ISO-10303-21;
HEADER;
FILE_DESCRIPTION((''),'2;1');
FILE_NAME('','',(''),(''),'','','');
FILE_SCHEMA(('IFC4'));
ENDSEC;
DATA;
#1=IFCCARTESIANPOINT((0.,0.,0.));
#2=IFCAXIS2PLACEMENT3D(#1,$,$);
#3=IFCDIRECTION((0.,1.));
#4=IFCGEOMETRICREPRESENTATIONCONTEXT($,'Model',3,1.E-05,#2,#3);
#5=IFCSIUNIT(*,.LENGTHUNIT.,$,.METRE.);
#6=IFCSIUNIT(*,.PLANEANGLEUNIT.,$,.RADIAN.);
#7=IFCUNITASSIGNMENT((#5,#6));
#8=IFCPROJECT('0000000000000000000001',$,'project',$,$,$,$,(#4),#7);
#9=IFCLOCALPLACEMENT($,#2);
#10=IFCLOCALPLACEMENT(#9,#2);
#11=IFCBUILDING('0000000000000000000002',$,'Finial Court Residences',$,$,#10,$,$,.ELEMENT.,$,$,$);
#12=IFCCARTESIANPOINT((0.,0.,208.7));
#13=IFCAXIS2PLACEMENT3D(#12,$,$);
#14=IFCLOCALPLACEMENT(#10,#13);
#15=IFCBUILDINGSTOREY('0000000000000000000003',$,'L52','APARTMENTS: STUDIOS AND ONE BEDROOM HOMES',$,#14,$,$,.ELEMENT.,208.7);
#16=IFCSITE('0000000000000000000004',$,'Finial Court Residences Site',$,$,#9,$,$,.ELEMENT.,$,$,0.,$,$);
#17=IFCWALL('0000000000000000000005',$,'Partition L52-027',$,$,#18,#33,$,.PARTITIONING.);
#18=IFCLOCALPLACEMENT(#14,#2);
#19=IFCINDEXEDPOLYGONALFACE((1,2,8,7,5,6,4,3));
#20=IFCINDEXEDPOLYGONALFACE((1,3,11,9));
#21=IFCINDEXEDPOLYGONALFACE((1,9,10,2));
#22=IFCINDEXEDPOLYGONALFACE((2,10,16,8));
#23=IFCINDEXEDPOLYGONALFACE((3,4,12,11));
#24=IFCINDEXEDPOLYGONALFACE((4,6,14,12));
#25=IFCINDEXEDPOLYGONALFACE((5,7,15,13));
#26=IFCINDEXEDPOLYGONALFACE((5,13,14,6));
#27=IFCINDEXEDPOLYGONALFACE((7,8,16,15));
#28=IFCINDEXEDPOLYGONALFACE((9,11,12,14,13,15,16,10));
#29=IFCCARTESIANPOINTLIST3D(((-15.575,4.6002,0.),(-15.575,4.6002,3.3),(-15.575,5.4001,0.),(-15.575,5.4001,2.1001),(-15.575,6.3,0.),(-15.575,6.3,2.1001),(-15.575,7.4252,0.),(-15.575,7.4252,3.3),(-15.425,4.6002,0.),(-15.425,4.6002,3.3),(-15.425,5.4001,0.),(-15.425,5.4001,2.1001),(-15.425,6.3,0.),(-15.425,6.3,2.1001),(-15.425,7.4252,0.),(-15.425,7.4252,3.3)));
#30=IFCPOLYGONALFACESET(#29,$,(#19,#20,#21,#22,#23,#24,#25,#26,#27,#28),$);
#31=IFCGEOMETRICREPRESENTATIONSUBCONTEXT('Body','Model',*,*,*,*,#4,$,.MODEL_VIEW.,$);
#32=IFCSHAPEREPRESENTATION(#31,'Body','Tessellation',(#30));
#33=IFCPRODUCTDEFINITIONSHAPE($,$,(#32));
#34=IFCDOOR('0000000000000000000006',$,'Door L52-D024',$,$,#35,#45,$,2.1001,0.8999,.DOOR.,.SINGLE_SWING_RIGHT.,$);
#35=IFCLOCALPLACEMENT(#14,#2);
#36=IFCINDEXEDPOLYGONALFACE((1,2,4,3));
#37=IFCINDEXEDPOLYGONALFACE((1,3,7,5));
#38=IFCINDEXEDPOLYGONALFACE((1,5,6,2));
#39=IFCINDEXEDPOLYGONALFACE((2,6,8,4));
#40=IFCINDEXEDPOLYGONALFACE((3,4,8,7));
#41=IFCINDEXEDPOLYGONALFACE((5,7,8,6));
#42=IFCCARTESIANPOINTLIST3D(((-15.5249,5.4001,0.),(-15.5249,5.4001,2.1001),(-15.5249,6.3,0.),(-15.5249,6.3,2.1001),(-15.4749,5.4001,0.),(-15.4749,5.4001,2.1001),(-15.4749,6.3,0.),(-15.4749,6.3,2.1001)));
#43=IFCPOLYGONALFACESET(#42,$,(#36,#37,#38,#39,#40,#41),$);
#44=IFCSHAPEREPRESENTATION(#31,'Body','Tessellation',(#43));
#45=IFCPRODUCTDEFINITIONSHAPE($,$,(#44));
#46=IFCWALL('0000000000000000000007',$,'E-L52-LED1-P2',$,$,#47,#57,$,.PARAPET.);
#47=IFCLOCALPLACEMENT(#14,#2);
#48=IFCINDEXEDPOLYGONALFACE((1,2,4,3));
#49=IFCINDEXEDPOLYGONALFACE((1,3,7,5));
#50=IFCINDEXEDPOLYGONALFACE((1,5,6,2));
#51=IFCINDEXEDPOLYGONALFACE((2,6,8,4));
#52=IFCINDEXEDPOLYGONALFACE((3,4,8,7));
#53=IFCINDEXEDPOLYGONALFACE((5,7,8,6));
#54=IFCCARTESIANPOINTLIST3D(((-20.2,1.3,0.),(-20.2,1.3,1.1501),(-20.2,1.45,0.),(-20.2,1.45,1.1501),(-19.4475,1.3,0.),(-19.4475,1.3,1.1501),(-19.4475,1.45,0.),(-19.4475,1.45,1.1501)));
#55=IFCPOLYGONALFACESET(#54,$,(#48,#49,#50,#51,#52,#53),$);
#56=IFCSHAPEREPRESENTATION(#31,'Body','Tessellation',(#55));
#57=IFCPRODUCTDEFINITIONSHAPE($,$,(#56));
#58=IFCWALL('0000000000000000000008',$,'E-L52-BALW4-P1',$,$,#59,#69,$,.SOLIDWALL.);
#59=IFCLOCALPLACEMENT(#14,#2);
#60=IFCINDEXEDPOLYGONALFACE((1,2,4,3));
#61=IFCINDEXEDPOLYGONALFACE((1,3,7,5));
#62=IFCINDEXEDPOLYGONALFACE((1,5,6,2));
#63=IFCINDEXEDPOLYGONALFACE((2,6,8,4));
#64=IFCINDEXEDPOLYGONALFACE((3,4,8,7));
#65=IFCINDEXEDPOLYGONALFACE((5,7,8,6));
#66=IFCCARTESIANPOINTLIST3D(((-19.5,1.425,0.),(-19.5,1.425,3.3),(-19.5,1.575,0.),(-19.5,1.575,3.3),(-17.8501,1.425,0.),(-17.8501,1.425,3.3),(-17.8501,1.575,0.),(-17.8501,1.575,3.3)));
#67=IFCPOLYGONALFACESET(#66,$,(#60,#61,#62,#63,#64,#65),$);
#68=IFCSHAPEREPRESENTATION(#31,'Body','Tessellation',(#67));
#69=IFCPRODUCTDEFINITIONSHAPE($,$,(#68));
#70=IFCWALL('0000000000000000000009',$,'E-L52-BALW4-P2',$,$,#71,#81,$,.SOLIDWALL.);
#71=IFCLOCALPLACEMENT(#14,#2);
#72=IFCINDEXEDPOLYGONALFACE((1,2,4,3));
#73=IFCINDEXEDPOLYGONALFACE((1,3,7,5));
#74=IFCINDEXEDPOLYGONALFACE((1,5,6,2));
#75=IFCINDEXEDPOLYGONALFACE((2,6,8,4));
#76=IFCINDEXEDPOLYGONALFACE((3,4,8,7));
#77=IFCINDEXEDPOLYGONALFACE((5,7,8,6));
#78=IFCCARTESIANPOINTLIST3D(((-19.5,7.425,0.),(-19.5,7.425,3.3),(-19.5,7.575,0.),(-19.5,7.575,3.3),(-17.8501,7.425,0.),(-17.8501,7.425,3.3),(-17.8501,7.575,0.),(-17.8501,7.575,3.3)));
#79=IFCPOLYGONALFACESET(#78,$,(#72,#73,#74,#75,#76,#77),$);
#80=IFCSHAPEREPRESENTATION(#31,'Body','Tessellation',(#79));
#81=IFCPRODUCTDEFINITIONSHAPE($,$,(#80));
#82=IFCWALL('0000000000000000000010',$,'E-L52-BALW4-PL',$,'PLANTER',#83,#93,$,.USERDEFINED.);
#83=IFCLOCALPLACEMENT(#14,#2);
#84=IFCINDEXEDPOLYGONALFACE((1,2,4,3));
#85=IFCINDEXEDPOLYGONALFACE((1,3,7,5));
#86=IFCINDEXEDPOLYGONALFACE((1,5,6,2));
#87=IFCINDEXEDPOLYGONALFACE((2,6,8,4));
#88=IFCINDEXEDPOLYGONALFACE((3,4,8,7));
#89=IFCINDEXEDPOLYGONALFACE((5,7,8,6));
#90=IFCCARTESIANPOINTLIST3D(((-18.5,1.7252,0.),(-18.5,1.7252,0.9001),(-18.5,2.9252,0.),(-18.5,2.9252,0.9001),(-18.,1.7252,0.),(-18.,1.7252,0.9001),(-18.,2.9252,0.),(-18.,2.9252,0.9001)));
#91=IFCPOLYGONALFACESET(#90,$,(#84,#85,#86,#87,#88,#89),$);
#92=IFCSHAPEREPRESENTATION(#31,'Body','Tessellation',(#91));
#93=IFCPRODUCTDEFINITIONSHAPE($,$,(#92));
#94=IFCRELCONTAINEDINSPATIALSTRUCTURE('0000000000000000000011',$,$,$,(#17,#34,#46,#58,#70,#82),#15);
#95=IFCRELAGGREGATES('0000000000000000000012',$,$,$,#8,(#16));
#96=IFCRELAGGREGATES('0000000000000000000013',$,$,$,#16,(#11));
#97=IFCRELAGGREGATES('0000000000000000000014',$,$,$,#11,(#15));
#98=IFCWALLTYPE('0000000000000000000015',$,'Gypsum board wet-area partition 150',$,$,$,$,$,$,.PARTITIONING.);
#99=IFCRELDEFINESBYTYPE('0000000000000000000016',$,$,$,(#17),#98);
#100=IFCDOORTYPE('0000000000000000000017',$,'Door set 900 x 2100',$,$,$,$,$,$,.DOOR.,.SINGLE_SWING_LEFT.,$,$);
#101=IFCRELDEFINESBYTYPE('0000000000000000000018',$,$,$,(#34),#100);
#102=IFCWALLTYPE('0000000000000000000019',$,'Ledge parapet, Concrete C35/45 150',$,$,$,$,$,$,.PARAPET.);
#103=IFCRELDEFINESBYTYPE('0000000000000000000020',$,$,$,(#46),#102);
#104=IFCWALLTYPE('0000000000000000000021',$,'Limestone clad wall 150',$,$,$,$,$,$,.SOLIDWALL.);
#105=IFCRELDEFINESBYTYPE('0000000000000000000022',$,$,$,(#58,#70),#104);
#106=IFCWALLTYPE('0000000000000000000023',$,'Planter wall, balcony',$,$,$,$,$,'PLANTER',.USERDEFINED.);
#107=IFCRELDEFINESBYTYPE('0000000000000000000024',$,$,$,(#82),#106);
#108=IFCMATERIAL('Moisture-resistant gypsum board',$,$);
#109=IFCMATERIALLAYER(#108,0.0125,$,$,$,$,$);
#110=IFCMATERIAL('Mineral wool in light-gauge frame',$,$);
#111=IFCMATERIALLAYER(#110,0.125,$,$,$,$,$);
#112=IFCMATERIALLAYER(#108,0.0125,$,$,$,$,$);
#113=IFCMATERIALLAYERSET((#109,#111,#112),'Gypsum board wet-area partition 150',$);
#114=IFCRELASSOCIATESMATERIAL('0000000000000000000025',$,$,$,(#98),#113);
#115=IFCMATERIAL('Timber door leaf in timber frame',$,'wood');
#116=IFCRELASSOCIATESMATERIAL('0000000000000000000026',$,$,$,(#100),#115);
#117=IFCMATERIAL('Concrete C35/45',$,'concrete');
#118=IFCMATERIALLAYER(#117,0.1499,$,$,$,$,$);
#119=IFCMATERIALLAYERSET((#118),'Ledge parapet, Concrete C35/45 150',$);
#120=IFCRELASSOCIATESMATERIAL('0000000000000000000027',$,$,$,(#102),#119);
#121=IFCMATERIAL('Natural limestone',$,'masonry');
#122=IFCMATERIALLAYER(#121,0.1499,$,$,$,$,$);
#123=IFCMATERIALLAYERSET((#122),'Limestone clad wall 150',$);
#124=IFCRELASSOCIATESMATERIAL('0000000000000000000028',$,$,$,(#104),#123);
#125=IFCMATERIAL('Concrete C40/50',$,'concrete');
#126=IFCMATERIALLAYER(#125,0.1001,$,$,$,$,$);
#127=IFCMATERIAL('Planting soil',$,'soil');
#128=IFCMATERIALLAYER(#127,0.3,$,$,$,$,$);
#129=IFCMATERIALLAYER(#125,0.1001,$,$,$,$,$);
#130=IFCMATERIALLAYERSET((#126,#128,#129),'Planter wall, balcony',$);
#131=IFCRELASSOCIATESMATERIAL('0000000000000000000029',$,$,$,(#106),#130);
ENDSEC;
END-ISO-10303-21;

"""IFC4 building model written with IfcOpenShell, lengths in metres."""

from ifc_helpers import new_model, si_unit, direction, frame, frame_2d, origin, place, context, subcontext, project, spatial, rectangle, extrude, material, layer, layer_set, type_object, element, fill, save


model = new_model("IFC4")

# Units and contexts
model_context = context("Model", 3, precision=1e-05, world=origin(), true_north=direction((0.0, 1.0)))
body_context = subcontext(model_context, "Body", "Model", "MODEL_VIEW")
ifc_project = project(units=[si_unit("LENGTHUNIT", "METRE"), si_unit("PLANEANGLEUNIT", "RADIAN")], contexts=[model_context])

# Site, building, storey
site_placement = place(None, origin())
site = spatial("IfcSite", under=ifc_project, at=site_placement, Name="Finial Court Residences Site", CompositionType="ELEMENT", RefElevation=0.0)
building_placement = place(site_placement, origin())
building = spatial("IfcBuilding", under=site, at=building_placement, Name="Finial Court Residences", CompositionType="ELEMENT")
storey_placement = place(building_placement, frame((0.0, 0.0, 208.7)))
storey = spatial("IfcBuildingStorey", under=building, at=storey_placement, Name="L52", Description="APARTMENTS: STUDIOS AND ONE BEDROOM HOMES", CompositionType="ELEMENT", Elevation=208.7)

# Wall, opening, door
ifc_material_1 = material(Name="Moisture-resistant gypsum board")
ifc_layer_1 = layer(ifc_material_1, 0.0125)
ifc_material_2 = material(Name="Mineral wool in light-gauge frame")
ifc_layer_2 = layer(ifc_material_2, 0.125)
ifc_layer_3 = layer(ifc_material_1, 0.0125)
ifc_layer_set_1 = layer_set([ifc_layer_1, ifc_layer_2, ifc_layer_3], Name="Gypsum board wet-area partition 150")
wall_type_1 = type_object("IfcWallType", Name="Gypsum board wet-area partition 150", PredefinedType="PARTITIONING", material=ifc_layer_set_1)
wall_1_placement = place(storey_placement, frame((-15.5, 4.6001, 0.0), z_axis=(0.0, 0.0, 1.0), x_axis=(0.0, 1.0, 0.0)))
wall_1 = element("IfcWall", 1, at=wall_1_placement, inside=storey, type_object=wall_type_1, Name="Partition L52-027", PredefinedType="PARTITIONING", context=body_context, shape_type="SweptSolid", body=[
    extrude(rectangle(XDim=2.825, YDim=0.1499, at=frame_2d((1.4126, 0.0))), origin(), (0.0, 0.0, 1.0), 3.3),
])
opening_1_placement = place(wall_1_placement, frame((0.8, 0.0, 0.0)))
opening_1 = element("IfcOpeningElement", 2, at=opening_1_placement, cuts=wall_1, PredefinedType="OPENING", context=body_context, shape_type="SweptSolid", body=[
    extrude(rectangle(XDim=0.8999, YDim=2.1001, at=frame_2d((0.45, 1.05))), frame((0.0, 0.085, 0.0), z_axis=(0.0, -1.0, 0.0), x_axis=(1.0, 0.0, 0.0)), (0.0, 0.0, 1.0), 0.1699),
])
ifc_material_3 = material(Name="Timber door leaf in timber frame", Category="wood")
door_type_1 = type_object("IfcDoorType", Name="Door set 900 x 2100", OperationType="SINGLE_SWING_LEFT", PredefinedType="DOOR", material=ifc_material_3)
door_1_placement = place(opening_1_placement, origin())
door_1 = element("IfcDoor", 3, at=door_1_placement, inside=storey, type_object=door_type_1, Name="Door L52-D024", OperationType="SINGLE_SWING_RIGHT", OverallHeight=2.1001, OverallWidth=0.8999, PredefinedType="DOOR", context=body_context, shape_type="SweptSolid", body=[
    extrude(rectangle(XDim=0.8999, YDim=2.1001, at=frame_2d((0.45, 1.05))), frame((0.0, 0.0249, 0.0), z_axis=(0.0, -1.0, 0.0), x_axis=(1.0, 0.0, 0.0)), (0.0, 0.0, 1.0), 0.05),
])
fill(opening_1, door_1)

# Walls
ifc_material_4 = material(Name="Concrete C35/45", Category="concrete")
ifc_layer_4 = layer(ifc_material_4, 0.1499)
ifc_layer_set_2 = layer_set([ifc_layer_4], Name="Ledge parapet, Concrete C35/45 150")
wall_type_2 = type_object("IfcWallType", Name="Ledge parapet, Concrete C35/45 150", PredefinedType="PARAPET", material=ifc_layer_set_2)
wall_2_placement = place(storey_placement, frame((-20.2, 1.375, 0.0), z_axis=(0.0, 0.0, 1.0), x_axis=(1.0, 0.0, 0.0)))
element("IfcWall", 4, at=wall_2_placement, inside=storey, type_object=wall_type_2, Name="E-L52-LED1-P2", PredefinedType="PARAPET", context=body_context, shape_type="SweptSolid", body=[
    extrude(rectangle(XDim=0.7524, YDim=0.1499, at=frame_2d((0.3762, 0.0))), origin(), (0.0, 0.0, 1.0), 1.1501),
])
ifc_material_5 = material(Name="Natural limestone", Category="masonry")
ifc_layer_5 = layer(ifc_material_5, 0.1499)
ifc_layer_set_3 = layer_set([ifc_layer_5], Name="Limestone clad wall 150")
wall_type_3 = type_object("IfcWallType", Name="Limestone clad wall 150", PredefinedType="SOLIDWALL", material=ifc_layer_set_3)
for number, where, z_axis, x_axis, name in (
    (5, (-17.8501, 1.5, 0.0), (0.0, 0.0, 1.0), (-1.0, 0.0, 0.0), "E-L52-BALW4-P1"),
    (6, (-17.8501, 7.5, 0.0), (0.0, 0.0, 1.0), (-1.0, 0.0, 0.0), "E-L52-BALW4-P2"),
):
    element("IfcWall", number, at=place(storey_placement, frame(where, z_axis=z_axis, x_axis=x_axis)), inside=storey, type_object=wall_type_3, Name=name, PredefinedType="SOLIDWALL", context=body_context, shape_type="SweptSolid", body=[
        extrude(rectangle(XDim=1.6499, YDim=0.1499, at=frame_2d((0.825, 0.0))), origin(), (0.0, 0.0, 1.0), 3.3),
    ])

# Wall
ifc_material_6 = material(Name="Concrete C40/50", Category="concrete")
ifc_layer_6 = layer(ifc_material_6, 0.1001)
ifc_material_7 = material(Name="Planting soil", Category="soil")
ifc_layer_7 = layer(ifc_material_7, 0.3)
ifc_layer_8 = layer(ifc_material_6, 0.1001)
ifc_layer_set_4 = layer_set([ifc_layer_6, ifc_layer_7, ifc_layer_8], Name="Planter wall, balcony")
wall_type_4 = type_object("IfcWallType", Name="Planter wall, balcony", ElementType="PLANTER", PredefinedType="USERDEFINED", material=ifc_layer_set_4)
wall_3_placement = place(storey_placement, frame((-18.25, 1.7251, 0.0), z_axis=(0.0, 0.0, 1.0), x_axis=(0.0, 1.0, 0.0)))
element("IfcWall", 7, at=wall_3_placement, inside=storey, type_object=wall_type_4, Name="E-L52-BALW4-PL", ObjectType="PLANTER", PredefinedType="USERDEFINED", context=body_context, shape_type="SweptSolid", body=[
    extrude(rectangle(XDim=1.2, YDim=0.5, at=frame_2d((0.6001, 0.0))), origin(), (0.0, 0.0, 1.0), 0.9001),
])

save(model, "model.ifc")
